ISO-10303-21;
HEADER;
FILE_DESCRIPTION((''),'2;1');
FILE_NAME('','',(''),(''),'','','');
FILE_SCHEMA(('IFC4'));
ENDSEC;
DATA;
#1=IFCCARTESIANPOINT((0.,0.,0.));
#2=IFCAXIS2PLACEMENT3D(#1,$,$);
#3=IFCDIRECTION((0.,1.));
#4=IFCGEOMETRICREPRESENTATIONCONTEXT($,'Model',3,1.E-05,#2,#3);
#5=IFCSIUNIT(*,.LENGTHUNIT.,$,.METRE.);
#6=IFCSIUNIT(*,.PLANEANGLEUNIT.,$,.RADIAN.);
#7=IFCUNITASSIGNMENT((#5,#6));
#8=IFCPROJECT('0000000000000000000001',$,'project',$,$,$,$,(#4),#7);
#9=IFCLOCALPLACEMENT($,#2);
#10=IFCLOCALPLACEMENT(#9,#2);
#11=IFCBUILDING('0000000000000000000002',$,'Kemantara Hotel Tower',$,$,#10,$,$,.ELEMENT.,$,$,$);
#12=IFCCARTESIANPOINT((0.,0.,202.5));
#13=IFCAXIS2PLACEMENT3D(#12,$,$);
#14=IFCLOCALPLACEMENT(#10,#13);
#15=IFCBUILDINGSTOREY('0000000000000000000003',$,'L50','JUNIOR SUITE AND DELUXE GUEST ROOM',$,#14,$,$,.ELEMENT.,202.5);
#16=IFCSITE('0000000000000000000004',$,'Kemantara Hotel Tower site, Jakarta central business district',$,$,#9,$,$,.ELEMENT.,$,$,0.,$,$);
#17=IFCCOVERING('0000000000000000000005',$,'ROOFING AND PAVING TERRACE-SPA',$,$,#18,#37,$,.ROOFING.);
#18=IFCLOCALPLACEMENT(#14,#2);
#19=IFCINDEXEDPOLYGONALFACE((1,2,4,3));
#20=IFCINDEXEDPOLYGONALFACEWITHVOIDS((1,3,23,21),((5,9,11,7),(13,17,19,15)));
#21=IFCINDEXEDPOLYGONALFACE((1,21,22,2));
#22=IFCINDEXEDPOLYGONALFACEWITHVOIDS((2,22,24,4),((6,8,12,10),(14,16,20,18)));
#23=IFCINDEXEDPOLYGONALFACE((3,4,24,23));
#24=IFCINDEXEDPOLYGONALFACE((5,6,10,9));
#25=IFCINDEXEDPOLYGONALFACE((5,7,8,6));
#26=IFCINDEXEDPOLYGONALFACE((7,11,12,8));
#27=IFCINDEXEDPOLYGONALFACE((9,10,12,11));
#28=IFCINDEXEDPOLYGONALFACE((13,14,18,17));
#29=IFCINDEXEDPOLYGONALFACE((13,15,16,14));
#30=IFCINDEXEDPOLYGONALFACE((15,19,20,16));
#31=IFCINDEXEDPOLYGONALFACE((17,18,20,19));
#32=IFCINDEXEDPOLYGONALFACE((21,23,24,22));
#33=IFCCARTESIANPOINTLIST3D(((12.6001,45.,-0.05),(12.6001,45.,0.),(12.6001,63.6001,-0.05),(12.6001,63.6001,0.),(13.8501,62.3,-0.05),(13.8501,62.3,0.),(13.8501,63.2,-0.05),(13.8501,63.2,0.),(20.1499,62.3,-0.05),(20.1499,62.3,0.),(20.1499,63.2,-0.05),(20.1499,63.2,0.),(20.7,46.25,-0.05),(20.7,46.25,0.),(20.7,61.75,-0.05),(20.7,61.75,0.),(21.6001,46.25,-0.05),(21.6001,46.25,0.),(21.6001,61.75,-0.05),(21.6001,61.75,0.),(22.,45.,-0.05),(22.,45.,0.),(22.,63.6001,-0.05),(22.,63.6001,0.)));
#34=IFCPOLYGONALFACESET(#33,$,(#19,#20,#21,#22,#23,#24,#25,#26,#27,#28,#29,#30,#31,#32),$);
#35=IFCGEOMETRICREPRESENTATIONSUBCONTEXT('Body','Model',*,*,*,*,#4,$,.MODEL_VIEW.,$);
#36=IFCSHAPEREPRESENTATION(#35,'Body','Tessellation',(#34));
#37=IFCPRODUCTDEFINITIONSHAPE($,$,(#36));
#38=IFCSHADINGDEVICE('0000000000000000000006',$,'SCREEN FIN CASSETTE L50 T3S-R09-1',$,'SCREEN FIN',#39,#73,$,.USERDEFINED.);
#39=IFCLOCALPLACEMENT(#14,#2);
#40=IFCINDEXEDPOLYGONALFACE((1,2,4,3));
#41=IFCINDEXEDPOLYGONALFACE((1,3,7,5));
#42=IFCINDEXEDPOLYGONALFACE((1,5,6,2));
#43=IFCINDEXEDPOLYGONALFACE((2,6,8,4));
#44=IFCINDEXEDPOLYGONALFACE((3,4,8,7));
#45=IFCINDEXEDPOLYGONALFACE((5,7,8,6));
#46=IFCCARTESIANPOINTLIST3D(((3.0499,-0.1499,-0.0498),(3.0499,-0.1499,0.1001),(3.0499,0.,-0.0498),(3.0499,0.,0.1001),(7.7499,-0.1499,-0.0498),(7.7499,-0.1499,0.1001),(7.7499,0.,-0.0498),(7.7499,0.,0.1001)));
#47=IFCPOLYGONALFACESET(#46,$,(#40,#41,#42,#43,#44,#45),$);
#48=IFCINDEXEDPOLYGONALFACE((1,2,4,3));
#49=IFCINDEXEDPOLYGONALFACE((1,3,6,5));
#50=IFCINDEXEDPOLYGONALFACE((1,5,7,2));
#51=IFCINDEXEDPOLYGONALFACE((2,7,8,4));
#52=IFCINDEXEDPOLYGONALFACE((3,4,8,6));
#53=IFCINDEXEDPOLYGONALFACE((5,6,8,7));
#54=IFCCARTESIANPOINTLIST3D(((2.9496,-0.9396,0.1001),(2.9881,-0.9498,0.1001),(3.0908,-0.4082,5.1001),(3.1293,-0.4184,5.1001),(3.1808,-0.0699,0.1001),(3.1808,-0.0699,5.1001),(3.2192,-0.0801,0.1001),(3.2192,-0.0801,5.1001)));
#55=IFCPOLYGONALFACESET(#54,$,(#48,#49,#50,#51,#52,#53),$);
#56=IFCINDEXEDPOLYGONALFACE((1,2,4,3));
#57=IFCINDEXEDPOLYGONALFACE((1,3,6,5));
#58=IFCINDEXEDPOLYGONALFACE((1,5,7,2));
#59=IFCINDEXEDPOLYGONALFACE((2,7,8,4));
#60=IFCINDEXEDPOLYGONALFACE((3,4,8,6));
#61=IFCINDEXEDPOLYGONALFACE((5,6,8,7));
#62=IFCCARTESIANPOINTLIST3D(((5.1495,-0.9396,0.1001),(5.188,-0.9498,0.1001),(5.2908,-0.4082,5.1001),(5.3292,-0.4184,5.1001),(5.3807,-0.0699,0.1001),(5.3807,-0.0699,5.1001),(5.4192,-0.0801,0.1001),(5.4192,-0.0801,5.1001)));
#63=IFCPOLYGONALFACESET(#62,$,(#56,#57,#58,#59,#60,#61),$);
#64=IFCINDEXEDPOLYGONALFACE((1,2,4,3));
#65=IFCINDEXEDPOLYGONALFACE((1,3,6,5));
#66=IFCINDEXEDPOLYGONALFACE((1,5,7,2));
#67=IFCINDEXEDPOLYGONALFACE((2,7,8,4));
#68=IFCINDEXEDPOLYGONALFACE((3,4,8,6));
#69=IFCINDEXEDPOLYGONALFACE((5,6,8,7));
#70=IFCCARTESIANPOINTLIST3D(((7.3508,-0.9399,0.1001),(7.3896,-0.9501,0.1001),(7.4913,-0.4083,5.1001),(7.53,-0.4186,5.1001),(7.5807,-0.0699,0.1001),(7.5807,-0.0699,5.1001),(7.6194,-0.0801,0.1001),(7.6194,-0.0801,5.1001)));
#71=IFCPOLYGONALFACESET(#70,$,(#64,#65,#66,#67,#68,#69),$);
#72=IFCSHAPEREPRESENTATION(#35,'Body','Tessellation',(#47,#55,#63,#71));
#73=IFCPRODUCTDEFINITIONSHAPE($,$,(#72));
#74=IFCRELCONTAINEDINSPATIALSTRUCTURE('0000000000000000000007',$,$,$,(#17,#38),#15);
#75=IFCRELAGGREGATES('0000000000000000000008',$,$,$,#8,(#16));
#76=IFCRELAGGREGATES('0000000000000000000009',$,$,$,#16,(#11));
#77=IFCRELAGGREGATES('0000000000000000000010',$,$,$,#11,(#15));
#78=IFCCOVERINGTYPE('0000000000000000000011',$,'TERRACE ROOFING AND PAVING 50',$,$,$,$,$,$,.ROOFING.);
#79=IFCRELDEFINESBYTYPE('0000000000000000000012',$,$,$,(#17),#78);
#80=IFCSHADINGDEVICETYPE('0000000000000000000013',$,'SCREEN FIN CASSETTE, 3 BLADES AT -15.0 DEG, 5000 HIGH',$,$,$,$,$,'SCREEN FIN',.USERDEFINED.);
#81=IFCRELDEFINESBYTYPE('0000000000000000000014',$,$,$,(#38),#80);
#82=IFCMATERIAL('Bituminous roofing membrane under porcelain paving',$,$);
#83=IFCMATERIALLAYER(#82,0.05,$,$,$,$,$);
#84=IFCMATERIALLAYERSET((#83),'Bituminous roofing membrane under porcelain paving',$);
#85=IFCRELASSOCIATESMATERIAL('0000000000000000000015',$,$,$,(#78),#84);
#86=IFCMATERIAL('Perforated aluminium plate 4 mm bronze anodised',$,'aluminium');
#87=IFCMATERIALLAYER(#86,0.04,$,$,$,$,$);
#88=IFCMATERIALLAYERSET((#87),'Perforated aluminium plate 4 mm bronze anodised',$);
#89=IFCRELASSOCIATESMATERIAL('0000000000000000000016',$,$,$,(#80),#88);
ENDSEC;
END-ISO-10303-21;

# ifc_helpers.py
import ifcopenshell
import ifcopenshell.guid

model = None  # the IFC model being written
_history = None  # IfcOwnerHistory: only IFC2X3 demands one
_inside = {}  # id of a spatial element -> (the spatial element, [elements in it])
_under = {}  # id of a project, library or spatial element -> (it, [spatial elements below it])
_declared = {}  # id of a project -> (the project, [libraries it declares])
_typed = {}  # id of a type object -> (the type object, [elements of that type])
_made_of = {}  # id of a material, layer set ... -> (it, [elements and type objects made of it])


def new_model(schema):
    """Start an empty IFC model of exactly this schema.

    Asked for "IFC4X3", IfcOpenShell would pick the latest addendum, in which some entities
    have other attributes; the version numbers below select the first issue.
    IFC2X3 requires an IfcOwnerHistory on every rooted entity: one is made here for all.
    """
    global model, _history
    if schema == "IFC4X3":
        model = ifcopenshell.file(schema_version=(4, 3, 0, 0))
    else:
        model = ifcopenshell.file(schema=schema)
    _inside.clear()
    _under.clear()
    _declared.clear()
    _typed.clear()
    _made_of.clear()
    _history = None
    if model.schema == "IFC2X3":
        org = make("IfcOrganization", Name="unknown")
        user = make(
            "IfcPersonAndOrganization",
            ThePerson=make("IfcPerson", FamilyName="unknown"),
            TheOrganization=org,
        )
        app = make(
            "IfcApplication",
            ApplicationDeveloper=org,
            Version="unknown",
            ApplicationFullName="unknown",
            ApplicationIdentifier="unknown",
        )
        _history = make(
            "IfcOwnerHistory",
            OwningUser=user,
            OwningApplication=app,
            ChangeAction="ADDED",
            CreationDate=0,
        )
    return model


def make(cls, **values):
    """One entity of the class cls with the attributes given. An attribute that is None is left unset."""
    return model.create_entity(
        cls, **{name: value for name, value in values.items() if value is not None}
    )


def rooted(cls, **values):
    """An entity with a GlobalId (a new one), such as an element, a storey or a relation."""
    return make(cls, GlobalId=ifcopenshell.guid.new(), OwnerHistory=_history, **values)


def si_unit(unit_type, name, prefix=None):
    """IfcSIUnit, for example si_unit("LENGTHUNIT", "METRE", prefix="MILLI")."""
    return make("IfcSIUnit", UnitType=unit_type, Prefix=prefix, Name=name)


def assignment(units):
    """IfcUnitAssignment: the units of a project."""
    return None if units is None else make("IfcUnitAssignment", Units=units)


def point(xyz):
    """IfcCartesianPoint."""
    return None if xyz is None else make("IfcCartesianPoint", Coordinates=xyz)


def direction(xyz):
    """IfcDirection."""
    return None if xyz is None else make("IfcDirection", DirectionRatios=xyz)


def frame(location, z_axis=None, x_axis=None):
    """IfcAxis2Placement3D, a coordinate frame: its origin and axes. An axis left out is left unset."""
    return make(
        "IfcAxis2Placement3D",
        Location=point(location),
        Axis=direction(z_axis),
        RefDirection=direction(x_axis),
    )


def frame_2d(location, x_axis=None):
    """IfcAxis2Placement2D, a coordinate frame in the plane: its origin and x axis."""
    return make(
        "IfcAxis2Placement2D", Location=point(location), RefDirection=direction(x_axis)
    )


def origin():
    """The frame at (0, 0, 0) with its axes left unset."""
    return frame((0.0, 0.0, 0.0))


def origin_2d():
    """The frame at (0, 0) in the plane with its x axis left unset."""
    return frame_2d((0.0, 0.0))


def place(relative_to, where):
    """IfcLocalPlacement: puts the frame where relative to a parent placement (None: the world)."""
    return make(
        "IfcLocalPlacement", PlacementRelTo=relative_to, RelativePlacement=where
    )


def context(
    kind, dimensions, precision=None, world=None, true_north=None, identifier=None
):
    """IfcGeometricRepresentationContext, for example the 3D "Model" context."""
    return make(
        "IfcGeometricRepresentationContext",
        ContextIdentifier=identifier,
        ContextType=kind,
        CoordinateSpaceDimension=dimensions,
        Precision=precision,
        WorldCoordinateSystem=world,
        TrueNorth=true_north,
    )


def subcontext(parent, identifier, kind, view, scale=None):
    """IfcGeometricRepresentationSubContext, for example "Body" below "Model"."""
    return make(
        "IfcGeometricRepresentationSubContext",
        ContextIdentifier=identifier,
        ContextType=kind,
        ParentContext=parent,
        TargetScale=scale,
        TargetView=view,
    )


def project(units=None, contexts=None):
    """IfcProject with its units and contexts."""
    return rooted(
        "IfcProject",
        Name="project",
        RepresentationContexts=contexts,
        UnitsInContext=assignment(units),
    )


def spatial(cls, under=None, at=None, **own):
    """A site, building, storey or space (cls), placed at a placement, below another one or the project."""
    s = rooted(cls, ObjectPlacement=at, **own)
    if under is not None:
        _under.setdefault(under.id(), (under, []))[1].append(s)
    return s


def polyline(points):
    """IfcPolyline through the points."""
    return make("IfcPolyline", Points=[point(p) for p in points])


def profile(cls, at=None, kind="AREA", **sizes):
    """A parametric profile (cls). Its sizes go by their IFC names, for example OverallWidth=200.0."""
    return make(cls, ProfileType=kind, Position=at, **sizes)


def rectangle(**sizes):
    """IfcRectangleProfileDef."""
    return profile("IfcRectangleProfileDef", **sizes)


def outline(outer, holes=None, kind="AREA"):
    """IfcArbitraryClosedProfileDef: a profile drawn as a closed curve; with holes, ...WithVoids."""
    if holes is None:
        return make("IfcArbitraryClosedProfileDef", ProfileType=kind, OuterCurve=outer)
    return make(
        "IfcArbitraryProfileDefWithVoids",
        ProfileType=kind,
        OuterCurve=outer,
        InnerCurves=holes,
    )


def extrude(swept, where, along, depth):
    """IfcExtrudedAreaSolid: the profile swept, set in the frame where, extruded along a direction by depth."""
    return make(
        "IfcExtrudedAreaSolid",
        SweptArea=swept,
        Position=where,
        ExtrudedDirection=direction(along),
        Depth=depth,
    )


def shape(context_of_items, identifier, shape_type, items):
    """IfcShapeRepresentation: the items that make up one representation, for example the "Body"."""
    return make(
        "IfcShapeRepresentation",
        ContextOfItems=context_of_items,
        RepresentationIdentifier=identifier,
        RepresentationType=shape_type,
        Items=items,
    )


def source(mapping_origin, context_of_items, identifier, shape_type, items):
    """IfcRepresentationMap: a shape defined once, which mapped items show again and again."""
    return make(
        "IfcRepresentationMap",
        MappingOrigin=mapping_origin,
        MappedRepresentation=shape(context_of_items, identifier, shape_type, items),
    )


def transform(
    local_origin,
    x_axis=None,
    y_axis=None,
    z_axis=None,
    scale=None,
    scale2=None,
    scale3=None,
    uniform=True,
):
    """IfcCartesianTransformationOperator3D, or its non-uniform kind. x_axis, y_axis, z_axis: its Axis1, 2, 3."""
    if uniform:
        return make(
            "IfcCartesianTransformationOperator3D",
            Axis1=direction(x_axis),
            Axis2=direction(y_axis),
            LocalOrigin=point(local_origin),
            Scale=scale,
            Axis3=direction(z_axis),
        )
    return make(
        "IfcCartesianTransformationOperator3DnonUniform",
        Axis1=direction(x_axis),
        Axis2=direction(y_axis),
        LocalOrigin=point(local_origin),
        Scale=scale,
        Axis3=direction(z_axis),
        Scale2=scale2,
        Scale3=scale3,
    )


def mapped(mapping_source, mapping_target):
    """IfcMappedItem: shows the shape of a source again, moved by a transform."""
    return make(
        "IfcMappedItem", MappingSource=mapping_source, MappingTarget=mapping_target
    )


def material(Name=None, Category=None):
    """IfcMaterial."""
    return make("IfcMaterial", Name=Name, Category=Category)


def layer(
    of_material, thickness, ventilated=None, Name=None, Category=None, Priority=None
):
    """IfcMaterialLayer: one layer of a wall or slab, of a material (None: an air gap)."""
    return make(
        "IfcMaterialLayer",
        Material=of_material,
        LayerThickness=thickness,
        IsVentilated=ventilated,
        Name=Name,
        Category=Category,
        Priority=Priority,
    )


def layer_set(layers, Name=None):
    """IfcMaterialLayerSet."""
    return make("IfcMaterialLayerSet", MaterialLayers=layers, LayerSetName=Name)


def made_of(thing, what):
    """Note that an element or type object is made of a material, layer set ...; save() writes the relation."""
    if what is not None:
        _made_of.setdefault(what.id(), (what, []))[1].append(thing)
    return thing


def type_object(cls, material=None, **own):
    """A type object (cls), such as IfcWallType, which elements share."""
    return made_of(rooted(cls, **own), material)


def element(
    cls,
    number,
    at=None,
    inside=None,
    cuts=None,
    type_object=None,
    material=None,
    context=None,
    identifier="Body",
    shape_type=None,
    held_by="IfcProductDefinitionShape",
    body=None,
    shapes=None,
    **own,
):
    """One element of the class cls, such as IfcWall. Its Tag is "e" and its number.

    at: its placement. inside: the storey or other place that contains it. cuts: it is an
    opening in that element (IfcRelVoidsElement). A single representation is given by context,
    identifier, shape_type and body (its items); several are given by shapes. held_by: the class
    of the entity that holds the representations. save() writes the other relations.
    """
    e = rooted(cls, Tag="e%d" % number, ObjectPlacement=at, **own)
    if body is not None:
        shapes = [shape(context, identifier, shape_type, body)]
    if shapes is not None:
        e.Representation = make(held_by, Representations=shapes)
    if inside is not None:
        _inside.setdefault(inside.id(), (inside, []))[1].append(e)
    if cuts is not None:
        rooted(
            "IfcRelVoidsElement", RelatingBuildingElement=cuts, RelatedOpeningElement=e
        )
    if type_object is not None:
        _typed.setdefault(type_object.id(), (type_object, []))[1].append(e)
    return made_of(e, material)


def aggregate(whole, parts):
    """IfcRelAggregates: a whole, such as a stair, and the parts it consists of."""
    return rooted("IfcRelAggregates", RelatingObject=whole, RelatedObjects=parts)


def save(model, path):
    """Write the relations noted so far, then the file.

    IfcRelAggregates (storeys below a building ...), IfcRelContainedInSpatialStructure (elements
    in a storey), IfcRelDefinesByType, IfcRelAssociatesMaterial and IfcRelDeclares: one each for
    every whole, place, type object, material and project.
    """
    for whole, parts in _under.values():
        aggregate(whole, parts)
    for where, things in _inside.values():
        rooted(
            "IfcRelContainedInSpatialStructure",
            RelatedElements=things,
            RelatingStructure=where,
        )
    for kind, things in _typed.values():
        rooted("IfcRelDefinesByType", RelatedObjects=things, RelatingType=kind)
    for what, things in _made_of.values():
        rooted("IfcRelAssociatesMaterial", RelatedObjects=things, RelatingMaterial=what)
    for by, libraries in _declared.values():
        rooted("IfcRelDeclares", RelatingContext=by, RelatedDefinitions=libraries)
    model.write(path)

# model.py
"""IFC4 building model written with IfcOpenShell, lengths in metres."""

from ifc_helpers import new_model, si_unit, direction, frame, origin, origin_2d, place, context, subcontext, project, spatial, polyline, rectangle, outline, extrude, source, transform, mapped, material, layer, layer_set, type_object, element, save


model = new_model("IFC4")

# Units and contexts
model_context = context("Model", 3, precision=1e-05, world=origin(), true_north=direction((0.0, 1.0)))
body_context = subcontext(model_context, "Body", "Model", "MODEL_VIEW")
ifc_project = project(units=[si_unit("LENGTHUNIT", "METRE"), si_unit("PLANEANGLEUNIT", "RADIAN")], contexts=[model_context])

# Site, building, storey
site_placement = place(None, origin())
site = spatial("IfcSite", under=ifc_project, at=site_placement, Name="Kemantara Hotel Tower site, Jakarta central business district", CompositionType="ELEMENT", RefElevation=0.0)
building_placement = place(site_placement, origin())
building = spatial("IfcBuilding", under=site, at=building_placement, Name="Kemantara Hotel Tower", CompositionType="ELEMENT")
storey_placement = place(building_placement, frame((0.0, 0.0, 202.5)))
storey = spatial("IfcBuildingStorey", under=building, at=storey_placement, Name="L50", Description="JUNIOR SUITE AND DELUXE GUEST ROOM", CompositionType="ELEMENT", Elevation=202.5)

# Covering
ifc_material_1 = material(Name="Bituminous roofing membrane under porcelain paving")
ifc_layer_1 = layer(ifc_material_1, 0.05)
ifc_layer_set_1 = layer_set([ifc_layer_1], Name="Bituminous roofing membrane under porcelain paving")
covering_type = type_object("IfcCoveringType", Name="TERRACE ROOFING AND PAVING 50", PredefinedType="ROOFING", material=ifc_layer_set_1)
covering_placement = place(storey_placement, frame((0.0, 0.0, -0.05)))
element("IfcCovering", 1, at=covering_placement, inside=storey, type_object=covering_type, Name="ROOFING AND PAVING TERRACE-SPA", PredefinedType="ROOFING", context=body_context, shape_type="SweptSolid", body=[
    extrude(outline(polyline([(12.6001, 63.6001), (22.0, 63.6001), (22.0, 45.0), (12.6001, 45.0), (12.6001, 63.6001)]), holes=[polyline([(13.8501, 62.3), (20.1499, 62.3), (20.1499, 63.2), (13.8501, 63.2), (13.8501, 62.3)]), polyline([(21.6001, 61.75), (20.7, 61.75), (20.7, 46.25), (21.6001, 46.25), (21.6001, 61.75)])]), origin(), (0.0, 0.0, 1.0), 0.05),
])

# Shading device
ifc_material_2 = material(Name="Perforated aluminium plate 4 mm bronze anodised", Category="aluminium")
ifc_layer_2 = layer(ifc_material_2, 0.04)
ifc_layer_set_2 = layer_set([ifc_layer_2], Name="Perforated aluminium plate 4 mm bronze anodised")
shading_device_type = type_object("IfcShadingDeviceType", Name="SCREEN FIN CASSETTE, 3 BLADES AT -15.0 DEG, 5000 HIGH", ElementType="SCREEN FIN", PredefinedType="USERDEFINED", material=ifc_layer_set_2)
shared_shape = source(origin(), body_context, "Body", "SweptSolid", [
    extrude(rectangle(XDim=4.7, YDim=0.1499, at=origin_2d()), frame((2.2, -0.075, -0.1499), z_axis=(0.0, 0.0, 1.0), x_axis=(1.0, 0.0, 0.0)), (0.0, 0.0, 1.0), 0.1499),
    extrude(outline(polyline([(0.0, 0.0), (0.8999, 0.0), (0.3501, 5.0), (0.0, 5.0), (0.0, 0.0)])), frame((0.0193, -0.0801, 0.0), z_axis=(-0.966438, 0.256901, 0.0), x_axis=(-0.256901, -0.966438, 0.0)), (0.0, 0.0, 1.0), 0.0398),
    extrude(outline(polyline([(0.0, 0.0), (0.8999, 0.0), (0.3501, 5.0), (0.0, 5.0), (0.0, 0.0)])), frame((2.2192, -0.0801, 0.0), z_axis=(-0.966438, 0.256901, 0.0), x_axis=(-0.256901, -0.966438, 0.0)), (0.0, 0.0, 1.0), 0.0398),
    extrude(outline(polyline([(0.0, 0.0), (0.8999, 0.0), (0.3501, 5.0), (0.0, 5.0), (0.0, 0.0)])), frame((4.4194, -0.0801, 0.0), z_axis=(-0.966838, 0.255391, 0.0), x_axis=(-0.255391, -0.966838, 0.0)), (0.0, 0.0, 1.0), 0.04),
])
shading_device_placement = place(storey_placement, frame((3.2, 0.0, 0.1001), z_axis=(0.0, 0.0, 1.0), x_axis=(1.0, 0.0, 0.0)))
element("IfcShadingDevice", 2, at=shading_device_placement, inside=storey, type_object=shading_device_type, Name="SCREEN FIN CASSETTE L50 T3S-R09-1", ObjectType="SCREEN FIN", PredefinedType="USERDEFINED", context=body_context, shape_type="MappedRepresentation", body=[
    mapped(shared_shape, transform((0.0, 0.0, 0.0))),
])

save(model, "model.ifc")
